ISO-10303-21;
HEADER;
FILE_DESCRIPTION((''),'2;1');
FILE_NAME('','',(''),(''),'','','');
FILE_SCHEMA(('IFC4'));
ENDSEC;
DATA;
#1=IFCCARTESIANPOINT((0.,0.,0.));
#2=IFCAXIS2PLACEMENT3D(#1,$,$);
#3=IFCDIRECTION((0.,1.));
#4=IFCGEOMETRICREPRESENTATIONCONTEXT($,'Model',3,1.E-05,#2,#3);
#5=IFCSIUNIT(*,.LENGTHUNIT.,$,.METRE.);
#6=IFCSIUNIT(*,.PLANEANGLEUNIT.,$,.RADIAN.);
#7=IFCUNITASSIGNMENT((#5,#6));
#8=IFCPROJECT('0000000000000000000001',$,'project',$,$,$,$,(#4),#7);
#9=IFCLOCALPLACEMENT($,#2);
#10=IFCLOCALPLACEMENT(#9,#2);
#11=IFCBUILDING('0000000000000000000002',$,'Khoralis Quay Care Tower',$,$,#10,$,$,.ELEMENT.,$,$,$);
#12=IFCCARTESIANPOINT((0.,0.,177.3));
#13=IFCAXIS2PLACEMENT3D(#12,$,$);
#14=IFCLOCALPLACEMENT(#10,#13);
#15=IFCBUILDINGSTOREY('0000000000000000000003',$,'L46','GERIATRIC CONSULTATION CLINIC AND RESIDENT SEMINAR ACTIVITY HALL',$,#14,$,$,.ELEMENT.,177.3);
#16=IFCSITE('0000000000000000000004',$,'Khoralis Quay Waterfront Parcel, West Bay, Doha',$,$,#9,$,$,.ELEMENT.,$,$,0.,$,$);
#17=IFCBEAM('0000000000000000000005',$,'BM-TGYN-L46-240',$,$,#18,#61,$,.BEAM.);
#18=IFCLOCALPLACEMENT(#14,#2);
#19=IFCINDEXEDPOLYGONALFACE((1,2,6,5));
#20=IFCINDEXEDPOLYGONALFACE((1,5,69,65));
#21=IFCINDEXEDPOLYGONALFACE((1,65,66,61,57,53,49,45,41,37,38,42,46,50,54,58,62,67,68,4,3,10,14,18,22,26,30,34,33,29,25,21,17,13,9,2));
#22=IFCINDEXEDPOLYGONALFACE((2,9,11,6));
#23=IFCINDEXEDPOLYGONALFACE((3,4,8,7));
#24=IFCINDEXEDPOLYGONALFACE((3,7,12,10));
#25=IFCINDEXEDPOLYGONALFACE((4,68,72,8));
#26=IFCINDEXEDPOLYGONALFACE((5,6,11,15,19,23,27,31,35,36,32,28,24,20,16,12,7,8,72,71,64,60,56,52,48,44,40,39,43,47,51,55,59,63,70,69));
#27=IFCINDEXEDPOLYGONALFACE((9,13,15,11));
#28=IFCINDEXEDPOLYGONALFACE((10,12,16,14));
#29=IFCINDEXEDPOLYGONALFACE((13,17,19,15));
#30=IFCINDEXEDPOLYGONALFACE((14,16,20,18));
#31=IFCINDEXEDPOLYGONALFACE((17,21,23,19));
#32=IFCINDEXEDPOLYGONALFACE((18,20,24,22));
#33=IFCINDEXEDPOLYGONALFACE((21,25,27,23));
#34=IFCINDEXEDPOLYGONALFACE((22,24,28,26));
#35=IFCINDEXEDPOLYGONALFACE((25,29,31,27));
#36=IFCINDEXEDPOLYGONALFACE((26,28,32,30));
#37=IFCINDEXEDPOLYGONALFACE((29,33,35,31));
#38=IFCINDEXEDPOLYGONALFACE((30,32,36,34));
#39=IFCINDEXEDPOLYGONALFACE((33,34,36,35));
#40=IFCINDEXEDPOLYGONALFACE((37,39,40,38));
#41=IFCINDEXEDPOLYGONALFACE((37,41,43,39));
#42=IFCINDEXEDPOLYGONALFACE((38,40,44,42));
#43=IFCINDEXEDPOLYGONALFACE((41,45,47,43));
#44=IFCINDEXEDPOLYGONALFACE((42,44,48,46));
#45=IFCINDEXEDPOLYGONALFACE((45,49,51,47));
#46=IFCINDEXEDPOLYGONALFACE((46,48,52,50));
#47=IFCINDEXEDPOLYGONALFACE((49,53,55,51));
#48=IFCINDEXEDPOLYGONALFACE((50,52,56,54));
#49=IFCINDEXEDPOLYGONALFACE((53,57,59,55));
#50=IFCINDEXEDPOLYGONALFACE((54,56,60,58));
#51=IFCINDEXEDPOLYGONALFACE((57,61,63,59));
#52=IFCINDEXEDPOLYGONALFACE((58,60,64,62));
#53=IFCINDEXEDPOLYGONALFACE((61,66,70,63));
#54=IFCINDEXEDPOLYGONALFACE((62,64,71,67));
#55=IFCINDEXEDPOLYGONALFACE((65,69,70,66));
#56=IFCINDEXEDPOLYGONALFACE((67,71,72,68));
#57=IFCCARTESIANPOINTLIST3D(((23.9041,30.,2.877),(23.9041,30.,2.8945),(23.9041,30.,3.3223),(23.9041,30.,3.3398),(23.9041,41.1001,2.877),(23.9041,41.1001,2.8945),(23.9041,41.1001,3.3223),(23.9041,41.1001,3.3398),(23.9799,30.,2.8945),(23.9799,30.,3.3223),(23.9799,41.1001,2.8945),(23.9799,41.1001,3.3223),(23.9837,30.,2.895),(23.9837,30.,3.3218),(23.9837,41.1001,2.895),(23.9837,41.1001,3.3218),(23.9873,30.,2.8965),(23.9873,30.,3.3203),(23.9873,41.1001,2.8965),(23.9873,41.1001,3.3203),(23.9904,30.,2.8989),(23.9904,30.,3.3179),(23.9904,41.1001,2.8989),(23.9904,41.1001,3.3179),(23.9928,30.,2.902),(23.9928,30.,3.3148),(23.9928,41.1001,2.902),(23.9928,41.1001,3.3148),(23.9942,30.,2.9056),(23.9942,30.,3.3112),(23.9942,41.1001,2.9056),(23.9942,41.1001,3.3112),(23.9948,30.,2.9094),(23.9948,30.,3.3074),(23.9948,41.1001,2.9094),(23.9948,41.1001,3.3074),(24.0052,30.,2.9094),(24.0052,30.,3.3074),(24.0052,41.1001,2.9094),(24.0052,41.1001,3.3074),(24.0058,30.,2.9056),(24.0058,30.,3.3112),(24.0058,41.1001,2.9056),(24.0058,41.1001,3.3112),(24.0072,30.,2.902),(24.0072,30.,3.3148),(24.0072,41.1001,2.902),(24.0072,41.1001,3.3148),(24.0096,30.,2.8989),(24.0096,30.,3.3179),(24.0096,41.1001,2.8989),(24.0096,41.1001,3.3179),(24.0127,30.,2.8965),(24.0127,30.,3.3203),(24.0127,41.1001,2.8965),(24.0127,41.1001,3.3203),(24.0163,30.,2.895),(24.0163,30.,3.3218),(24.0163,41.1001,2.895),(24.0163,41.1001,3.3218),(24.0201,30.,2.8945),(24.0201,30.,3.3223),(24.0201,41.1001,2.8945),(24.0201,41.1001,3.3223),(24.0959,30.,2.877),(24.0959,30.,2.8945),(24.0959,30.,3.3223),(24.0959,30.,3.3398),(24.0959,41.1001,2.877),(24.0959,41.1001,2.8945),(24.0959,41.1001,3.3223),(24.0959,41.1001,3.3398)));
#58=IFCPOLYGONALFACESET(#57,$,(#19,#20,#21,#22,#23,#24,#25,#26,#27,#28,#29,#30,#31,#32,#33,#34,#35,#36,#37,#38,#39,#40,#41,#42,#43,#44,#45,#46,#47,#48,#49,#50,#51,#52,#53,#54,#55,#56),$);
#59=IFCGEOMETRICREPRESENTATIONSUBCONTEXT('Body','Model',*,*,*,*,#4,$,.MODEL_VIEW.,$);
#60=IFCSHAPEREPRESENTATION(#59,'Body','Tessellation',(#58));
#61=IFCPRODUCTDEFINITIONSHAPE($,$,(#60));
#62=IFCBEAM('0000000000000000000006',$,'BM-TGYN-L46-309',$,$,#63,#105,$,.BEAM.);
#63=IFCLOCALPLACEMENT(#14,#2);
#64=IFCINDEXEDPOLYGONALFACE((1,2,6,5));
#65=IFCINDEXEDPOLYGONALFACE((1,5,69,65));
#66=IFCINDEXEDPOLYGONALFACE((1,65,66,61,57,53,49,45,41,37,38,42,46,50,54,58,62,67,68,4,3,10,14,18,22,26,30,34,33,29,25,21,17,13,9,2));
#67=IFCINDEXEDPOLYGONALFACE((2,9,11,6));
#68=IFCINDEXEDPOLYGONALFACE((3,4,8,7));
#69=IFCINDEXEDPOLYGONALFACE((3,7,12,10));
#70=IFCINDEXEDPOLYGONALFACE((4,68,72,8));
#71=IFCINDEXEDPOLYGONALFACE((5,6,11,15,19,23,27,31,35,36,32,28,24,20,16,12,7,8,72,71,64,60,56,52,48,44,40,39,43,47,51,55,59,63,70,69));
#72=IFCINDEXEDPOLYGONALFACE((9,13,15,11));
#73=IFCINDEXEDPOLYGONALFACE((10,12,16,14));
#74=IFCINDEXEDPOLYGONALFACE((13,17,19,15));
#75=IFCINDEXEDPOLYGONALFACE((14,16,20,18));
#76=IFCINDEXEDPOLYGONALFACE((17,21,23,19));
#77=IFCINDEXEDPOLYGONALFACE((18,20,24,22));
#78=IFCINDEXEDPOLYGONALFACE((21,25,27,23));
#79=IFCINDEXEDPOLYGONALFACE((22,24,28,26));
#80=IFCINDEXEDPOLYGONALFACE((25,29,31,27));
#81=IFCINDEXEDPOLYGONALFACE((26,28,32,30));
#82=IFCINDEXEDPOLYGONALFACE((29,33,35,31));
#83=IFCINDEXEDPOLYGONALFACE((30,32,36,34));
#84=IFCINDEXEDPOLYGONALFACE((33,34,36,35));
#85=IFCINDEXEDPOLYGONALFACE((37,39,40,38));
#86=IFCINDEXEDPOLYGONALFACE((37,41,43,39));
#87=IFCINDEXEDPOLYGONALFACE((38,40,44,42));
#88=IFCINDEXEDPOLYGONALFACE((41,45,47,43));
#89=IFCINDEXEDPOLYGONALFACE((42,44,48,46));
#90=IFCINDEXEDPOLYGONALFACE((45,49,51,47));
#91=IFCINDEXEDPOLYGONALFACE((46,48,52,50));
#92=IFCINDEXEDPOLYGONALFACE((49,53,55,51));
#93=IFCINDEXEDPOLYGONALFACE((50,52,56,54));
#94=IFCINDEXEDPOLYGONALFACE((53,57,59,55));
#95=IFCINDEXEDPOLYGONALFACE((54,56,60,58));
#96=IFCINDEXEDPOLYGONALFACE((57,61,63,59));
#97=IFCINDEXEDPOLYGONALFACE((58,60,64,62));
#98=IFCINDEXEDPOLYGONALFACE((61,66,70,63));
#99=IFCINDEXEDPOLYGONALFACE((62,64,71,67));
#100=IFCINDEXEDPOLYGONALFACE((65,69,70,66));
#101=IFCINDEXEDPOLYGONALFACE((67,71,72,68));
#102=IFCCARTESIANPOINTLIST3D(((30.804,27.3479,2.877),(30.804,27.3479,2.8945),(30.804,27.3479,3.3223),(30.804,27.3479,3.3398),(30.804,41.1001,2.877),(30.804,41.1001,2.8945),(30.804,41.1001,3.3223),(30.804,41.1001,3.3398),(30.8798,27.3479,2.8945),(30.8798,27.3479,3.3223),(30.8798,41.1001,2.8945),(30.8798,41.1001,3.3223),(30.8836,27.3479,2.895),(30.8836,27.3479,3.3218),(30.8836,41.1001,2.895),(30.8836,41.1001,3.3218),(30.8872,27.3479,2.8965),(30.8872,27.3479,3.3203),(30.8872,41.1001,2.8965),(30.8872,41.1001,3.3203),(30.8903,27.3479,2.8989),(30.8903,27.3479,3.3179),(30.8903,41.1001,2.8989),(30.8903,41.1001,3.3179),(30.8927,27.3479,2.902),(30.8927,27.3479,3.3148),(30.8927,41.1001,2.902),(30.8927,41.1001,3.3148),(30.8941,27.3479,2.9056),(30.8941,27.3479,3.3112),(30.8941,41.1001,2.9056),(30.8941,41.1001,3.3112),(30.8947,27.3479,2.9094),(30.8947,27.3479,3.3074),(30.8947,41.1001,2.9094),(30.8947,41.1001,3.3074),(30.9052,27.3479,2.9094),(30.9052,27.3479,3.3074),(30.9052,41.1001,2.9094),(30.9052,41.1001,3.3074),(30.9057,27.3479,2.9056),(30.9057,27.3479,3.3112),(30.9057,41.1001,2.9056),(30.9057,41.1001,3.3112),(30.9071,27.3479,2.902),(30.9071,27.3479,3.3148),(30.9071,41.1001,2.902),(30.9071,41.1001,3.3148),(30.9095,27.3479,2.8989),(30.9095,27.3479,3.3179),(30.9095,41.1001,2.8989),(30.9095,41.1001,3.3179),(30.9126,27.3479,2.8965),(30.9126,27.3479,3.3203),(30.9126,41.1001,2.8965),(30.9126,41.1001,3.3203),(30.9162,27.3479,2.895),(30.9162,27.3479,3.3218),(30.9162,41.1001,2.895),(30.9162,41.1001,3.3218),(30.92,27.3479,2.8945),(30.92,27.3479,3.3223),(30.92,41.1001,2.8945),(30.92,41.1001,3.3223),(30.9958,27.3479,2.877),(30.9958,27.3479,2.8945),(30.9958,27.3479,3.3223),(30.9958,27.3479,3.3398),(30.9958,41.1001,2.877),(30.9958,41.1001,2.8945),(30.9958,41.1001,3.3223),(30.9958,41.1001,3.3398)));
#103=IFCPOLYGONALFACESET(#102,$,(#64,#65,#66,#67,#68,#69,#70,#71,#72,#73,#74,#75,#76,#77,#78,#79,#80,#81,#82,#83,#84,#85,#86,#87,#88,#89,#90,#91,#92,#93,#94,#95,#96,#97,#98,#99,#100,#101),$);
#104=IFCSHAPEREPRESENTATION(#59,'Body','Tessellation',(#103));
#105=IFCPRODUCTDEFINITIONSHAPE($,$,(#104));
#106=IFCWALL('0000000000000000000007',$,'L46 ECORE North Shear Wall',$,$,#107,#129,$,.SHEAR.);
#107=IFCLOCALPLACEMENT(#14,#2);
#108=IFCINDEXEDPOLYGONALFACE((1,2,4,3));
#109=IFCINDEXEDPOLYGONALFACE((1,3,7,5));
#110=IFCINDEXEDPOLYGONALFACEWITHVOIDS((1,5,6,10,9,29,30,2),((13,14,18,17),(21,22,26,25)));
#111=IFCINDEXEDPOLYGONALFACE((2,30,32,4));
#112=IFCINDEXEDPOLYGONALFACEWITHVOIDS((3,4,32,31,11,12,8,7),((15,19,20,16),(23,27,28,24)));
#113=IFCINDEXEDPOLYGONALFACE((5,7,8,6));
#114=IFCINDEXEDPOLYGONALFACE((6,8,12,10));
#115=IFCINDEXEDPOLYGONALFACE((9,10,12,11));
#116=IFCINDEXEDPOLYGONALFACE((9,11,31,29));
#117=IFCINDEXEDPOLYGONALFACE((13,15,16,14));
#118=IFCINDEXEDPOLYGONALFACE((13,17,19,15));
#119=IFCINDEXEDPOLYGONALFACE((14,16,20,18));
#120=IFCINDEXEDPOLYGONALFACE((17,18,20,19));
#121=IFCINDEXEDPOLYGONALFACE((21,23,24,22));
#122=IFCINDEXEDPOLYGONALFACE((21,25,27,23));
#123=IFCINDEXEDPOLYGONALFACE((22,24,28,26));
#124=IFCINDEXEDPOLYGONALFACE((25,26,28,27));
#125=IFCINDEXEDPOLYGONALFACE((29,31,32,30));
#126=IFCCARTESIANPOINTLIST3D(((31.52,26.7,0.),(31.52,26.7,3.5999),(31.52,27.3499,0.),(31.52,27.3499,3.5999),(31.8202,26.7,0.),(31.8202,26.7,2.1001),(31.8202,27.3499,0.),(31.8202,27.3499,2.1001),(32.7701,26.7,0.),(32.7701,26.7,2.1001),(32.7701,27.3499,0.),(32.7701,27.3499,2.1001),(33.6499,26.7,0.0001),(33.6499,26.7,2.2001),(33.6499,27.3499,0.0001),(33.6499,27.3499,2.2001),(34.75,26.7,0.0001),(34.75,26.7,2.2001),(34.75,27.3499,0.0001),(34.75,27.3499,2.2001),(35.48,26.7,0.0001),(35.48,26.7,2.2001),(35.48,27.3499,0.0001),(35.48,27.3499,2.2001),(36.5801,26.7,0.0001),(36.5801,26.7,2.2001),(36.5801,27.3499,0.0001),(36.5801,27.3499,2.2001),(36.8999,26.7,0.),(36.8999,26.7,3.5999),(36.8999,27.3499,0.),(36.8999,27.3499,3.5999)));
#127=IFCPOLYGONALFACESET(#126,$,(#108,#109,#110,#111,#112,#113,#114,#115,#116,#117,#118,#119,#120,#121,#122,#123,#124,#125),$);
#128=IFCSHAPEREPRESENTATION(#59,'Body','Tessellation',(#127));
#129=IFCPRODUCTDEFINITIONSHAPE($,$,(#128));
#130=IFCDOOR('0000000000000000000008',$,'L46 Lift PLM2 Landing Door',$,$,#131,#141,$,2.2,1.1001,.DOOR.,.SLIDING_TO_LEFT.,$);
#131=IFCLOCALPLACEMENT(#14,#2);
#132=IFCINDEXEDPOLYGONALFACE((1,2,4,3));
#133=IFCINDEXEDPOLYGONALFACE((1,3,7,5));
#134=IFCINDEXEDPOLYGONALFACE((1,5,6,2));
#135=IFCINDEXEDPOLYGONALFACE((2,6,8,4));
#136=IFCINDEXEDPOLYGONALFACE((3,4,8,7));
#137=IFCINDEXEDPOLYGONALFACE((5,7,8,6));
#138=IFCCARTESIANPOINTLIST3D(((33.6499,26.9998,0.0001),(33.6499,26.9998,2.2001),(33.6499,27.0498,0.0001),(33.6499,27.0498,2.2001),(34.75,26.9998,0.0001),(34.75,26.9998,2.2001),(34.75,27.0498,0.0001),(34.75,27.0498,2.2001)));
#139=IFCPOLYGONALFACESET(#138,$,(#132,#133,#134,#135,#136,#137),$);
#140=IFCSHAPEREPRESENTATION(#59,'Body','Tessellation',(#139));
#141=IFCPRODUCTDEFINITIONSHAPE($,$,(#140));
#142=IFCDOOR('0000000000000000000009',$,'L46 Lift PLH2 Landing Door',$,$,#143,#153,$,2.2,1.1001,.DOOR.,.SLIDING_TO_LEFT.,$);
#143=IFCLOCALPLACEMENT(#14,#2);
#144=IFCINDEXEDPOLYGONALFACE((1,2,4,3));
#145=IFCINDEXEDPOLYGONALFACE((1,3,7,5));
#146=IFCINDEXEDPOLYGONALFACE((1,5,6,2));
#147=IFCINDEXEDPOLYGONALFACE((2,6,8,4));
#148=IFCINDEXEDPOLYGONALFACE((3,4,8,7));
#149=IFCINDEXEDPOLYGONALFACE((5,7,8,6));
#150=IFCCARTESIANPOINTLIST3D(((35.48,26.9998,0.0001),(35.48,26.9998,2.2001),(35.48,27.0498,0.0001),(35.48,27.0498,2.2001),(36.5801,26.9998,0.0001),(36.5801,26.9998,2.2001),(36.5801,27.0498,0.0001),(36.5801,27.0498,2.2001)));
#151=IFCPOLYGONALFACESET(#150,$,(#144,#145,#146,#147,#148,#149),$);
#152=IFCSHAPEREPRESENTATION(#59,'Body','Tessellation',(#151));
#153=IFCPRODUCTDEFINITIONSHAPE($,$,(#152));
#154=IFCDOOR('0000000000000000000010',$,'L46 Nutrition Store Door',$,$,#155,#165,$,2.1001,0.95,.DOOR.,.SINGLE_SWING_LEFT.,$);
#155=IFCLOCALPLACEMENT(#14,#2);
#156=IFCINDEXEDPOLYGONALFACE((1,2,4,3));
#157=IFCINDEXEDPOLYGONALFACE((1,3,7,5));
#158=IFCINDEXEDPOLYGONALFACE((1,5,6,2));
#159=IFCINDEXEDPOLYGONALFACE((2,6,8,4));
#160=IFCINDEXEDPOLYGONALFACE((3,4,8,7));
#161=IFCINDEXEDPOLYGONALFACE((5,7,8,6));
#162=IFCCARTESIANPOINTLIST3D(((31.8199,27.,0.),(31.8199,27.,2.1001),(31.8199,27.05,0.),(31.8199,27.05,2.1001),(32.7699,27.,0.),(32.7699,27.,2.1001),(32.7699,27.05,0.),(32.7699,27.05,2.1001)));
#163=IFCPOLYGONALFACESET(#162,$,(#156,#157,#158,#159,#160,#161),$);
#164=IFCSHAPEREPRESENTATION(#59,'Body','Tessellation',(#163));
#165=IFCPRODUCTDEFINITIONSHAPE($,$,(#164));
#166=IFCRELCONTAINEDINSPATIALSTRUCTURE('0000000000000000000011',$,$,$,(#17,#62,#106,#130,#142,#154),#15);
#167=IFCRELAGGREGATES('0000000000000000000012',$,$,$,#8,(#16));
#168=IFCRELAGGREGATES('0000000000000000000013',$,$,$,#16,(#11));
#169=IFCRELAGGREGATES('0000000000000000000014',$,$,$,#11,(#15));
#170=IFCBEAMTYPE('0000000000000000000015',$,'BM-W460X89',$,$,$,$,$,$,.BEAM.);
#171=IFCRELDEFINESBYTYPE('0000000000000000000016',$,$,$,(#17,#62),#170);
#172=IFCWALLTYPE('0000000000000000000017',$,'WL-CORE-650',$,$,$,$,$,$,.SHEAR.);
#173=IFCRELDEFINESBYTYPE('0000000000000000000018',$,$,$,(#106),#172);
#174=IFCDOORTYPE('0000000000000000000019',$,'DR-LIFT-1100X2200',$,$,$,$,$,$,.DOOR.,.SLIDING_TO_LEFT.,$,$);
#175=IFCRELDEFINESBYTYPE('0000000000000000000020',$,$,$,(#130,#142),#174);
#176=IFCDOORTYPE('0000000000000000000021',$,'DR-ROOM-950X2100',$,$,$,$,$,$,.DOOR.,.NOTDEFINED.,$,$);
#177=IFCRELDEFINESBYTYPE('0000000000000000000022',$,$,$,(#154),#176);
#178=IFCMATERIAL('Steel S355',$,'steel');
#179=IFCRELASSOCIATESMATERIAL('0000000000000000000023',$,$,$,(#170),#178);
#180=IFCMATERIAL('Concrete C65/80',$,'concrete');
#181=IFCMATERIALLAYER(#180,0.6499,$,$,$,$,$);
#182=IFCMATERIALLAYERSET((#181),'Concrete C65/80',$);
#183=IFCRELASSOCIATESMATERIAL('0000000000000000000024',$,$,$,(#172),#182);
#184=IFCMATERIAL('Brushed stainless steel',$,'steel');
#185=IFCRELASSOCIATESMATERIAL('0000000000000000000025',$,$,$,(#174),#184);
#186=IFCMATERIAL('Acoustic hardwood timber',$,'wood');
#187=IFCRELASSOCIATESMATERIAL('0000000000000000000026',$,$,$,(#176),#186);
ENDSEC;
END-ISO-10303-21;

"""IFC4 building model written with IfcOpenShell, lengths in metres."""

from ifc_helpers import new_model, si_unit, direction, frame, frame_2d, origin, origin_2d, place, context, subcontext, project, spatial, rectangle, i_section, extrude, source, transform, mapped, material, layer, layer_set, material_profile, profile_set, type_object, element, fill, save


model = new_model("IFC4")

# Units and contexts
model_context = context("Model", 3, precision=1e-05, world=origin(), true_north=direction((0.0, 1.0)))
body_context = subcontext(model_context, "Body", "Model", "MODEL_VIEW")
ifc_project = project(units=[si_unit("LENGTHUNIT", "METRE"), si_unit("PLANEANGLEUNIT", "RADIAN")], contexts=[model_context])

# Site, building, storey
site_placement = place(None, origin())
site = spatial("IfcSite", under=ifc_project, at=site_placement, Name="Khoralis Quay Waterfront Parcel, West Bay, Doha", CompositionType="ELEMENT", RefElevation=0.0)
building_placement = place(site_placement, origin())
building = spatial("IfcBuilding", under=site, at=building_placement, Name="Khoralis Quay Care Tower", CompositionType="ELEMENT")
storey_placement = place(building_placement, frame((0.0, 0.0, 177.3)))
storey = spatial("IfcBuildingStorey", under=building, at=storey_placement, Name="L46", Description="GERIATRIC CONSULTATION CLINIC AND RESIDENT SEMINAR ACTIVITY HALL", CompositionType="ELEMENT", Elevation=177.3)

# Beams
ifc_material_1 = material(Name="Steel S355", Category="steel")
ifc_material_profile_1 = material_profile(ifc_material_1, i_section(OverallWidth=0.1919, OverallDepth=0.4629, WebThickness=0.0105, FlangeThickness=0.0176, FilletRadius=0.0149, at=origin_2d()), Name="Steel S355")
ifc_profile_set_1 = profile_set([ifc_material_profile_1], Name="Steel S355")
beam_type_1 = type_object("IfcBeamType", Name="BM-W460X89", PredefinedType="BEAM", material=ifc_profile_set_1)
shared_shape_1 = source(origin(), body_context, "Body", "SweptSolid", [
    extrude(i_section(OverallWidth=0.1919, OverallDepth=0.4629, WebThickness=0.0105, FlangeThickness=0.0176, FilletRadius=0.0149, at=origin_2d()), origin(), (0.0, 0.0, 1.0), 11.1001),
])
for number, where, z_axis, x_axis, name in (
    (1, (24.0, 30.0, 3.1084), (0.0, 1.0, 0.0), (-1.0, 0.0, 0.0), "BM-TGYN-L46-240"),
):
    element("IfcBeam", number, at=place(storey_placement, frame(where, z_axis=z_axis, x_axis=x_axis)), inside=storey, type_object=beam_type_1, Name=name, PredefinedType="BEAM", context=body_context, shape_type="MappedRepresentation", body=[
        mapped(shared_shape_1, transform((0.0, 0.0, 0.0), scale=1.0)),
    ])
shared_shape_2 = source(origin(), body_context, "Body", "SweptSolid", [
    extrude(i_section(OverallWidth=0.1919, OverallDepth=0.4629, WebThickness=0.0105, FlangeThickness=0.0176, FilletRadius=0.0149, at=origin_2d()), origin(), (0.0, 0.0, 1.0), 13.7522),
])
beam_1_placement = place(storey_placement, frame((30.8999, 27.3479, 3.1084), z_axis=(0.0, 1.0, 0.0), x_axis=(-1.0, 0.0, 0.0)))
element("IfcBeam", 2, at=beam_1_placement, inside=storey, type_object=beam_type_1, Name="BM-TGYN-L46-309", PredefinedType="BEAM", context=body_context, shape_type="MappedRepresentation", body=[
    mapped(shared_shape_2, transform((0.0, 0.0, 0.0), scale=1.0)),
])

# Wall, openings, doors
ifc_material_2 = material(Name="Concrete C65/80", Category="concrete")
ifc_layer_1 = layer(ifc_material_2, 0.6499)
ifc_layer_set_1 = layer_set([ifc_layer_1], Name="Concrete C65/80")
wall_type_1 = type_object("IfcWallType", Name="WL-CORE-650", PredefinedType="SHEAR", material=ifc_layer_set_1)
wall_1_placement = place(storey_placement, frame((31.52, 27.0249, 0.0), z_axis=(0.0, 0.0, 1.0), x_axis=(1.0, 0.0, 0.0)))
wall_1 = element("IfcWall", 3, at=wall_1_placement, inside=storey, type_object=wall_type_1, Name="L46 ECORE North Shear Wall", PredefinedType="SHEAR", context=body_context, shape_type="SweptSolid", body=[
    extrude(rectangle(XDim=5.3799, YDim=0.6499, at=frame_2d((2.6899, 0.0))), origin(), (0.0, 0.0, 1.0), 3.5999),
])
opening_1_placement = place(wall_1_placement, frame((0.3, 0.0, 0.0)))
opening_1 = element("IfcOpeningElement", 4, at=opening_1_placement, cuts=wall_1, PredefinedType="OPENING", context=body_context, shape_type="SweptSolid", body=[
    extrude(rectangle(XDim=0.95, YDim=2.1001, at=frame_2d((0.4751, 1.05))), frame((0.0, 0.335, 0.0), z_axis=(0.0, -1.0, 0.0), x_axis=(1.0, 0.0, 0.0)), (0.0, 0.0, 1.0), 0.6699),
])
opening_2_placement = place(wall_1_placement, frame((2.1299, 0.0, 0.0)))
opening_2 = element("IfcOpeningElement", 5, at=opening_2_placement, cuts=wall_1, PredefinedType="OPENING", context=body_context, shape_type="SweptSolid", body=[
    extrude(rectangle(XDim=1.1001, YDim=2.2, at=frame_2d((0.55, 1.1001))), frame((0.0, 0.335, 0.0), z_axis=(0.0, -1.0, 0.0), x_axis=(1.0, 0.0, 0.0)), (0.0, 0.0, 1.0), 0.6699),
])
opening_3_placement = place(wall_1_placement, frame((3.96, 0.0, 0.0)))
opening_3 = element("IfcOpeningElement", 6, at=opening_3_placement, cuts=wall_1, PredefinedType="OPENING", context=body_context, shape_type="SweptSolid", body=[
    extrude(rectangle(XDim=1.1001, YDim=2.2, at=frame_2d((0.55, 1.1001))), frame((0.0, 0.335, 0.0), z_axis=(0.0, -1.0, 0.0), x_axis=(1.0, 0.0, 0.0)), (0.0, 0.0, 1.0), 0.6699),
])
ifc_material_3 = material(Name="Brushed stainless steel", Category="steel")
door_type_1 = type_object("IfcDoorType", Name="DR-LIFT-1100X2200", OperationType="SLIDING_TO_LEFT", PredefinedType="DOOR", material=ifc_material_3)
shared_shape_3 = source(origin(), body_context, "Body", "SweptSolid", [
    extrude(rectangle(XDim=1.1001, YDim=2.2, at=frame_2d((0.55, 1.1001))), frame((0.0, 0.0249, 0.0), z_axis=(0.0, -1.0, 0.0), x_axis=(1.0, 0.0, 0.0)), (0.0, 0.0, 1.0), 0.05),
])
door_1_placement = place(opening_2_placement, origin())
door_1 = element("IfcDoor", 7, at=door_1_placement, inside=storey, type_object=door_type_1, Name="L46 Lift PLM2 Landing Door", OperationType="SLIDING_TO_LEFT", OverallHeight=2.2, OverallWidth=1.1001, PredefinedType="DOOR", context=body_context, shape_type="MappedRepresentation", body=[
    mapped(shared_shape_3, transform((0.0, 0.0, 0.0), scale=1.0)),
])
fill(opening_2, door_1)
door_2_placement = place(opening_3_placement, origin())
door_2 = element("IfcDoor", 8, at=door_2_placement, inside=storey, type_object=door_type_1, Name="L46 Lift PLH2 Landing Door", OperationType="SLIDING_TO_LEFT", OverallHeight=2.2, OverallWidth=1.1001, PredefinedType="DOOR", context=body_context, shape_type="MappedRepresentation", body=[
    mapped(shared_shape_3, transform((0.0, 0.0, 0.0), scale=1.0)),
])
fill(opening_3, door_2)
ifc_material_4 = material(Name="Acoustic hardwood timber", Category="wood")
door_type_2 = type_object("IfcDoorType", Name="DR-ROOM-950X2100", OperationType="NOTDEFINED", PredefinedType="DOOR", material=ifc_material_4)
shared_shape_4 = source(origin(), body_context, "Body", "SweptSolid", [
    extrude(rectangle(XDim=0.95, YDim=2.1001, at=frame_2d((0.4751, 1.05))), frame((0.0, 0.0249, 0.0), z_axis=(0.0, -1.0, 0.0), x_axis=(1.0, 0.0, 0.0)), (0.0, 0.0, 1.0), 0.05),
])
door_3_placement = place(opening_1_placement, frame((0.95, 0.0, 0.0), z_axis=(0.0, 0.0, 1.0), x_axis=(-1.0, 0.0, 0.0)))
door_3 = element("IfcDoor", 9, at=door_3_placement, inside=storey, type_object=door_type_2, Name="L46 Nutrition Store Door", OperationType="SINGLE_SWING_LEFT", OverallHeight=2.1001, OverallWidth=0.95, PredefinedType="DOOR", context=body_context, shape_type="MappedRepresentation", body=[
    mapped(shared_shape_4, transform((0.0, 0.0, 0.0), scale=1.0)),
])
fill(opening_1, door_3)

save(model, "model.ifc")
